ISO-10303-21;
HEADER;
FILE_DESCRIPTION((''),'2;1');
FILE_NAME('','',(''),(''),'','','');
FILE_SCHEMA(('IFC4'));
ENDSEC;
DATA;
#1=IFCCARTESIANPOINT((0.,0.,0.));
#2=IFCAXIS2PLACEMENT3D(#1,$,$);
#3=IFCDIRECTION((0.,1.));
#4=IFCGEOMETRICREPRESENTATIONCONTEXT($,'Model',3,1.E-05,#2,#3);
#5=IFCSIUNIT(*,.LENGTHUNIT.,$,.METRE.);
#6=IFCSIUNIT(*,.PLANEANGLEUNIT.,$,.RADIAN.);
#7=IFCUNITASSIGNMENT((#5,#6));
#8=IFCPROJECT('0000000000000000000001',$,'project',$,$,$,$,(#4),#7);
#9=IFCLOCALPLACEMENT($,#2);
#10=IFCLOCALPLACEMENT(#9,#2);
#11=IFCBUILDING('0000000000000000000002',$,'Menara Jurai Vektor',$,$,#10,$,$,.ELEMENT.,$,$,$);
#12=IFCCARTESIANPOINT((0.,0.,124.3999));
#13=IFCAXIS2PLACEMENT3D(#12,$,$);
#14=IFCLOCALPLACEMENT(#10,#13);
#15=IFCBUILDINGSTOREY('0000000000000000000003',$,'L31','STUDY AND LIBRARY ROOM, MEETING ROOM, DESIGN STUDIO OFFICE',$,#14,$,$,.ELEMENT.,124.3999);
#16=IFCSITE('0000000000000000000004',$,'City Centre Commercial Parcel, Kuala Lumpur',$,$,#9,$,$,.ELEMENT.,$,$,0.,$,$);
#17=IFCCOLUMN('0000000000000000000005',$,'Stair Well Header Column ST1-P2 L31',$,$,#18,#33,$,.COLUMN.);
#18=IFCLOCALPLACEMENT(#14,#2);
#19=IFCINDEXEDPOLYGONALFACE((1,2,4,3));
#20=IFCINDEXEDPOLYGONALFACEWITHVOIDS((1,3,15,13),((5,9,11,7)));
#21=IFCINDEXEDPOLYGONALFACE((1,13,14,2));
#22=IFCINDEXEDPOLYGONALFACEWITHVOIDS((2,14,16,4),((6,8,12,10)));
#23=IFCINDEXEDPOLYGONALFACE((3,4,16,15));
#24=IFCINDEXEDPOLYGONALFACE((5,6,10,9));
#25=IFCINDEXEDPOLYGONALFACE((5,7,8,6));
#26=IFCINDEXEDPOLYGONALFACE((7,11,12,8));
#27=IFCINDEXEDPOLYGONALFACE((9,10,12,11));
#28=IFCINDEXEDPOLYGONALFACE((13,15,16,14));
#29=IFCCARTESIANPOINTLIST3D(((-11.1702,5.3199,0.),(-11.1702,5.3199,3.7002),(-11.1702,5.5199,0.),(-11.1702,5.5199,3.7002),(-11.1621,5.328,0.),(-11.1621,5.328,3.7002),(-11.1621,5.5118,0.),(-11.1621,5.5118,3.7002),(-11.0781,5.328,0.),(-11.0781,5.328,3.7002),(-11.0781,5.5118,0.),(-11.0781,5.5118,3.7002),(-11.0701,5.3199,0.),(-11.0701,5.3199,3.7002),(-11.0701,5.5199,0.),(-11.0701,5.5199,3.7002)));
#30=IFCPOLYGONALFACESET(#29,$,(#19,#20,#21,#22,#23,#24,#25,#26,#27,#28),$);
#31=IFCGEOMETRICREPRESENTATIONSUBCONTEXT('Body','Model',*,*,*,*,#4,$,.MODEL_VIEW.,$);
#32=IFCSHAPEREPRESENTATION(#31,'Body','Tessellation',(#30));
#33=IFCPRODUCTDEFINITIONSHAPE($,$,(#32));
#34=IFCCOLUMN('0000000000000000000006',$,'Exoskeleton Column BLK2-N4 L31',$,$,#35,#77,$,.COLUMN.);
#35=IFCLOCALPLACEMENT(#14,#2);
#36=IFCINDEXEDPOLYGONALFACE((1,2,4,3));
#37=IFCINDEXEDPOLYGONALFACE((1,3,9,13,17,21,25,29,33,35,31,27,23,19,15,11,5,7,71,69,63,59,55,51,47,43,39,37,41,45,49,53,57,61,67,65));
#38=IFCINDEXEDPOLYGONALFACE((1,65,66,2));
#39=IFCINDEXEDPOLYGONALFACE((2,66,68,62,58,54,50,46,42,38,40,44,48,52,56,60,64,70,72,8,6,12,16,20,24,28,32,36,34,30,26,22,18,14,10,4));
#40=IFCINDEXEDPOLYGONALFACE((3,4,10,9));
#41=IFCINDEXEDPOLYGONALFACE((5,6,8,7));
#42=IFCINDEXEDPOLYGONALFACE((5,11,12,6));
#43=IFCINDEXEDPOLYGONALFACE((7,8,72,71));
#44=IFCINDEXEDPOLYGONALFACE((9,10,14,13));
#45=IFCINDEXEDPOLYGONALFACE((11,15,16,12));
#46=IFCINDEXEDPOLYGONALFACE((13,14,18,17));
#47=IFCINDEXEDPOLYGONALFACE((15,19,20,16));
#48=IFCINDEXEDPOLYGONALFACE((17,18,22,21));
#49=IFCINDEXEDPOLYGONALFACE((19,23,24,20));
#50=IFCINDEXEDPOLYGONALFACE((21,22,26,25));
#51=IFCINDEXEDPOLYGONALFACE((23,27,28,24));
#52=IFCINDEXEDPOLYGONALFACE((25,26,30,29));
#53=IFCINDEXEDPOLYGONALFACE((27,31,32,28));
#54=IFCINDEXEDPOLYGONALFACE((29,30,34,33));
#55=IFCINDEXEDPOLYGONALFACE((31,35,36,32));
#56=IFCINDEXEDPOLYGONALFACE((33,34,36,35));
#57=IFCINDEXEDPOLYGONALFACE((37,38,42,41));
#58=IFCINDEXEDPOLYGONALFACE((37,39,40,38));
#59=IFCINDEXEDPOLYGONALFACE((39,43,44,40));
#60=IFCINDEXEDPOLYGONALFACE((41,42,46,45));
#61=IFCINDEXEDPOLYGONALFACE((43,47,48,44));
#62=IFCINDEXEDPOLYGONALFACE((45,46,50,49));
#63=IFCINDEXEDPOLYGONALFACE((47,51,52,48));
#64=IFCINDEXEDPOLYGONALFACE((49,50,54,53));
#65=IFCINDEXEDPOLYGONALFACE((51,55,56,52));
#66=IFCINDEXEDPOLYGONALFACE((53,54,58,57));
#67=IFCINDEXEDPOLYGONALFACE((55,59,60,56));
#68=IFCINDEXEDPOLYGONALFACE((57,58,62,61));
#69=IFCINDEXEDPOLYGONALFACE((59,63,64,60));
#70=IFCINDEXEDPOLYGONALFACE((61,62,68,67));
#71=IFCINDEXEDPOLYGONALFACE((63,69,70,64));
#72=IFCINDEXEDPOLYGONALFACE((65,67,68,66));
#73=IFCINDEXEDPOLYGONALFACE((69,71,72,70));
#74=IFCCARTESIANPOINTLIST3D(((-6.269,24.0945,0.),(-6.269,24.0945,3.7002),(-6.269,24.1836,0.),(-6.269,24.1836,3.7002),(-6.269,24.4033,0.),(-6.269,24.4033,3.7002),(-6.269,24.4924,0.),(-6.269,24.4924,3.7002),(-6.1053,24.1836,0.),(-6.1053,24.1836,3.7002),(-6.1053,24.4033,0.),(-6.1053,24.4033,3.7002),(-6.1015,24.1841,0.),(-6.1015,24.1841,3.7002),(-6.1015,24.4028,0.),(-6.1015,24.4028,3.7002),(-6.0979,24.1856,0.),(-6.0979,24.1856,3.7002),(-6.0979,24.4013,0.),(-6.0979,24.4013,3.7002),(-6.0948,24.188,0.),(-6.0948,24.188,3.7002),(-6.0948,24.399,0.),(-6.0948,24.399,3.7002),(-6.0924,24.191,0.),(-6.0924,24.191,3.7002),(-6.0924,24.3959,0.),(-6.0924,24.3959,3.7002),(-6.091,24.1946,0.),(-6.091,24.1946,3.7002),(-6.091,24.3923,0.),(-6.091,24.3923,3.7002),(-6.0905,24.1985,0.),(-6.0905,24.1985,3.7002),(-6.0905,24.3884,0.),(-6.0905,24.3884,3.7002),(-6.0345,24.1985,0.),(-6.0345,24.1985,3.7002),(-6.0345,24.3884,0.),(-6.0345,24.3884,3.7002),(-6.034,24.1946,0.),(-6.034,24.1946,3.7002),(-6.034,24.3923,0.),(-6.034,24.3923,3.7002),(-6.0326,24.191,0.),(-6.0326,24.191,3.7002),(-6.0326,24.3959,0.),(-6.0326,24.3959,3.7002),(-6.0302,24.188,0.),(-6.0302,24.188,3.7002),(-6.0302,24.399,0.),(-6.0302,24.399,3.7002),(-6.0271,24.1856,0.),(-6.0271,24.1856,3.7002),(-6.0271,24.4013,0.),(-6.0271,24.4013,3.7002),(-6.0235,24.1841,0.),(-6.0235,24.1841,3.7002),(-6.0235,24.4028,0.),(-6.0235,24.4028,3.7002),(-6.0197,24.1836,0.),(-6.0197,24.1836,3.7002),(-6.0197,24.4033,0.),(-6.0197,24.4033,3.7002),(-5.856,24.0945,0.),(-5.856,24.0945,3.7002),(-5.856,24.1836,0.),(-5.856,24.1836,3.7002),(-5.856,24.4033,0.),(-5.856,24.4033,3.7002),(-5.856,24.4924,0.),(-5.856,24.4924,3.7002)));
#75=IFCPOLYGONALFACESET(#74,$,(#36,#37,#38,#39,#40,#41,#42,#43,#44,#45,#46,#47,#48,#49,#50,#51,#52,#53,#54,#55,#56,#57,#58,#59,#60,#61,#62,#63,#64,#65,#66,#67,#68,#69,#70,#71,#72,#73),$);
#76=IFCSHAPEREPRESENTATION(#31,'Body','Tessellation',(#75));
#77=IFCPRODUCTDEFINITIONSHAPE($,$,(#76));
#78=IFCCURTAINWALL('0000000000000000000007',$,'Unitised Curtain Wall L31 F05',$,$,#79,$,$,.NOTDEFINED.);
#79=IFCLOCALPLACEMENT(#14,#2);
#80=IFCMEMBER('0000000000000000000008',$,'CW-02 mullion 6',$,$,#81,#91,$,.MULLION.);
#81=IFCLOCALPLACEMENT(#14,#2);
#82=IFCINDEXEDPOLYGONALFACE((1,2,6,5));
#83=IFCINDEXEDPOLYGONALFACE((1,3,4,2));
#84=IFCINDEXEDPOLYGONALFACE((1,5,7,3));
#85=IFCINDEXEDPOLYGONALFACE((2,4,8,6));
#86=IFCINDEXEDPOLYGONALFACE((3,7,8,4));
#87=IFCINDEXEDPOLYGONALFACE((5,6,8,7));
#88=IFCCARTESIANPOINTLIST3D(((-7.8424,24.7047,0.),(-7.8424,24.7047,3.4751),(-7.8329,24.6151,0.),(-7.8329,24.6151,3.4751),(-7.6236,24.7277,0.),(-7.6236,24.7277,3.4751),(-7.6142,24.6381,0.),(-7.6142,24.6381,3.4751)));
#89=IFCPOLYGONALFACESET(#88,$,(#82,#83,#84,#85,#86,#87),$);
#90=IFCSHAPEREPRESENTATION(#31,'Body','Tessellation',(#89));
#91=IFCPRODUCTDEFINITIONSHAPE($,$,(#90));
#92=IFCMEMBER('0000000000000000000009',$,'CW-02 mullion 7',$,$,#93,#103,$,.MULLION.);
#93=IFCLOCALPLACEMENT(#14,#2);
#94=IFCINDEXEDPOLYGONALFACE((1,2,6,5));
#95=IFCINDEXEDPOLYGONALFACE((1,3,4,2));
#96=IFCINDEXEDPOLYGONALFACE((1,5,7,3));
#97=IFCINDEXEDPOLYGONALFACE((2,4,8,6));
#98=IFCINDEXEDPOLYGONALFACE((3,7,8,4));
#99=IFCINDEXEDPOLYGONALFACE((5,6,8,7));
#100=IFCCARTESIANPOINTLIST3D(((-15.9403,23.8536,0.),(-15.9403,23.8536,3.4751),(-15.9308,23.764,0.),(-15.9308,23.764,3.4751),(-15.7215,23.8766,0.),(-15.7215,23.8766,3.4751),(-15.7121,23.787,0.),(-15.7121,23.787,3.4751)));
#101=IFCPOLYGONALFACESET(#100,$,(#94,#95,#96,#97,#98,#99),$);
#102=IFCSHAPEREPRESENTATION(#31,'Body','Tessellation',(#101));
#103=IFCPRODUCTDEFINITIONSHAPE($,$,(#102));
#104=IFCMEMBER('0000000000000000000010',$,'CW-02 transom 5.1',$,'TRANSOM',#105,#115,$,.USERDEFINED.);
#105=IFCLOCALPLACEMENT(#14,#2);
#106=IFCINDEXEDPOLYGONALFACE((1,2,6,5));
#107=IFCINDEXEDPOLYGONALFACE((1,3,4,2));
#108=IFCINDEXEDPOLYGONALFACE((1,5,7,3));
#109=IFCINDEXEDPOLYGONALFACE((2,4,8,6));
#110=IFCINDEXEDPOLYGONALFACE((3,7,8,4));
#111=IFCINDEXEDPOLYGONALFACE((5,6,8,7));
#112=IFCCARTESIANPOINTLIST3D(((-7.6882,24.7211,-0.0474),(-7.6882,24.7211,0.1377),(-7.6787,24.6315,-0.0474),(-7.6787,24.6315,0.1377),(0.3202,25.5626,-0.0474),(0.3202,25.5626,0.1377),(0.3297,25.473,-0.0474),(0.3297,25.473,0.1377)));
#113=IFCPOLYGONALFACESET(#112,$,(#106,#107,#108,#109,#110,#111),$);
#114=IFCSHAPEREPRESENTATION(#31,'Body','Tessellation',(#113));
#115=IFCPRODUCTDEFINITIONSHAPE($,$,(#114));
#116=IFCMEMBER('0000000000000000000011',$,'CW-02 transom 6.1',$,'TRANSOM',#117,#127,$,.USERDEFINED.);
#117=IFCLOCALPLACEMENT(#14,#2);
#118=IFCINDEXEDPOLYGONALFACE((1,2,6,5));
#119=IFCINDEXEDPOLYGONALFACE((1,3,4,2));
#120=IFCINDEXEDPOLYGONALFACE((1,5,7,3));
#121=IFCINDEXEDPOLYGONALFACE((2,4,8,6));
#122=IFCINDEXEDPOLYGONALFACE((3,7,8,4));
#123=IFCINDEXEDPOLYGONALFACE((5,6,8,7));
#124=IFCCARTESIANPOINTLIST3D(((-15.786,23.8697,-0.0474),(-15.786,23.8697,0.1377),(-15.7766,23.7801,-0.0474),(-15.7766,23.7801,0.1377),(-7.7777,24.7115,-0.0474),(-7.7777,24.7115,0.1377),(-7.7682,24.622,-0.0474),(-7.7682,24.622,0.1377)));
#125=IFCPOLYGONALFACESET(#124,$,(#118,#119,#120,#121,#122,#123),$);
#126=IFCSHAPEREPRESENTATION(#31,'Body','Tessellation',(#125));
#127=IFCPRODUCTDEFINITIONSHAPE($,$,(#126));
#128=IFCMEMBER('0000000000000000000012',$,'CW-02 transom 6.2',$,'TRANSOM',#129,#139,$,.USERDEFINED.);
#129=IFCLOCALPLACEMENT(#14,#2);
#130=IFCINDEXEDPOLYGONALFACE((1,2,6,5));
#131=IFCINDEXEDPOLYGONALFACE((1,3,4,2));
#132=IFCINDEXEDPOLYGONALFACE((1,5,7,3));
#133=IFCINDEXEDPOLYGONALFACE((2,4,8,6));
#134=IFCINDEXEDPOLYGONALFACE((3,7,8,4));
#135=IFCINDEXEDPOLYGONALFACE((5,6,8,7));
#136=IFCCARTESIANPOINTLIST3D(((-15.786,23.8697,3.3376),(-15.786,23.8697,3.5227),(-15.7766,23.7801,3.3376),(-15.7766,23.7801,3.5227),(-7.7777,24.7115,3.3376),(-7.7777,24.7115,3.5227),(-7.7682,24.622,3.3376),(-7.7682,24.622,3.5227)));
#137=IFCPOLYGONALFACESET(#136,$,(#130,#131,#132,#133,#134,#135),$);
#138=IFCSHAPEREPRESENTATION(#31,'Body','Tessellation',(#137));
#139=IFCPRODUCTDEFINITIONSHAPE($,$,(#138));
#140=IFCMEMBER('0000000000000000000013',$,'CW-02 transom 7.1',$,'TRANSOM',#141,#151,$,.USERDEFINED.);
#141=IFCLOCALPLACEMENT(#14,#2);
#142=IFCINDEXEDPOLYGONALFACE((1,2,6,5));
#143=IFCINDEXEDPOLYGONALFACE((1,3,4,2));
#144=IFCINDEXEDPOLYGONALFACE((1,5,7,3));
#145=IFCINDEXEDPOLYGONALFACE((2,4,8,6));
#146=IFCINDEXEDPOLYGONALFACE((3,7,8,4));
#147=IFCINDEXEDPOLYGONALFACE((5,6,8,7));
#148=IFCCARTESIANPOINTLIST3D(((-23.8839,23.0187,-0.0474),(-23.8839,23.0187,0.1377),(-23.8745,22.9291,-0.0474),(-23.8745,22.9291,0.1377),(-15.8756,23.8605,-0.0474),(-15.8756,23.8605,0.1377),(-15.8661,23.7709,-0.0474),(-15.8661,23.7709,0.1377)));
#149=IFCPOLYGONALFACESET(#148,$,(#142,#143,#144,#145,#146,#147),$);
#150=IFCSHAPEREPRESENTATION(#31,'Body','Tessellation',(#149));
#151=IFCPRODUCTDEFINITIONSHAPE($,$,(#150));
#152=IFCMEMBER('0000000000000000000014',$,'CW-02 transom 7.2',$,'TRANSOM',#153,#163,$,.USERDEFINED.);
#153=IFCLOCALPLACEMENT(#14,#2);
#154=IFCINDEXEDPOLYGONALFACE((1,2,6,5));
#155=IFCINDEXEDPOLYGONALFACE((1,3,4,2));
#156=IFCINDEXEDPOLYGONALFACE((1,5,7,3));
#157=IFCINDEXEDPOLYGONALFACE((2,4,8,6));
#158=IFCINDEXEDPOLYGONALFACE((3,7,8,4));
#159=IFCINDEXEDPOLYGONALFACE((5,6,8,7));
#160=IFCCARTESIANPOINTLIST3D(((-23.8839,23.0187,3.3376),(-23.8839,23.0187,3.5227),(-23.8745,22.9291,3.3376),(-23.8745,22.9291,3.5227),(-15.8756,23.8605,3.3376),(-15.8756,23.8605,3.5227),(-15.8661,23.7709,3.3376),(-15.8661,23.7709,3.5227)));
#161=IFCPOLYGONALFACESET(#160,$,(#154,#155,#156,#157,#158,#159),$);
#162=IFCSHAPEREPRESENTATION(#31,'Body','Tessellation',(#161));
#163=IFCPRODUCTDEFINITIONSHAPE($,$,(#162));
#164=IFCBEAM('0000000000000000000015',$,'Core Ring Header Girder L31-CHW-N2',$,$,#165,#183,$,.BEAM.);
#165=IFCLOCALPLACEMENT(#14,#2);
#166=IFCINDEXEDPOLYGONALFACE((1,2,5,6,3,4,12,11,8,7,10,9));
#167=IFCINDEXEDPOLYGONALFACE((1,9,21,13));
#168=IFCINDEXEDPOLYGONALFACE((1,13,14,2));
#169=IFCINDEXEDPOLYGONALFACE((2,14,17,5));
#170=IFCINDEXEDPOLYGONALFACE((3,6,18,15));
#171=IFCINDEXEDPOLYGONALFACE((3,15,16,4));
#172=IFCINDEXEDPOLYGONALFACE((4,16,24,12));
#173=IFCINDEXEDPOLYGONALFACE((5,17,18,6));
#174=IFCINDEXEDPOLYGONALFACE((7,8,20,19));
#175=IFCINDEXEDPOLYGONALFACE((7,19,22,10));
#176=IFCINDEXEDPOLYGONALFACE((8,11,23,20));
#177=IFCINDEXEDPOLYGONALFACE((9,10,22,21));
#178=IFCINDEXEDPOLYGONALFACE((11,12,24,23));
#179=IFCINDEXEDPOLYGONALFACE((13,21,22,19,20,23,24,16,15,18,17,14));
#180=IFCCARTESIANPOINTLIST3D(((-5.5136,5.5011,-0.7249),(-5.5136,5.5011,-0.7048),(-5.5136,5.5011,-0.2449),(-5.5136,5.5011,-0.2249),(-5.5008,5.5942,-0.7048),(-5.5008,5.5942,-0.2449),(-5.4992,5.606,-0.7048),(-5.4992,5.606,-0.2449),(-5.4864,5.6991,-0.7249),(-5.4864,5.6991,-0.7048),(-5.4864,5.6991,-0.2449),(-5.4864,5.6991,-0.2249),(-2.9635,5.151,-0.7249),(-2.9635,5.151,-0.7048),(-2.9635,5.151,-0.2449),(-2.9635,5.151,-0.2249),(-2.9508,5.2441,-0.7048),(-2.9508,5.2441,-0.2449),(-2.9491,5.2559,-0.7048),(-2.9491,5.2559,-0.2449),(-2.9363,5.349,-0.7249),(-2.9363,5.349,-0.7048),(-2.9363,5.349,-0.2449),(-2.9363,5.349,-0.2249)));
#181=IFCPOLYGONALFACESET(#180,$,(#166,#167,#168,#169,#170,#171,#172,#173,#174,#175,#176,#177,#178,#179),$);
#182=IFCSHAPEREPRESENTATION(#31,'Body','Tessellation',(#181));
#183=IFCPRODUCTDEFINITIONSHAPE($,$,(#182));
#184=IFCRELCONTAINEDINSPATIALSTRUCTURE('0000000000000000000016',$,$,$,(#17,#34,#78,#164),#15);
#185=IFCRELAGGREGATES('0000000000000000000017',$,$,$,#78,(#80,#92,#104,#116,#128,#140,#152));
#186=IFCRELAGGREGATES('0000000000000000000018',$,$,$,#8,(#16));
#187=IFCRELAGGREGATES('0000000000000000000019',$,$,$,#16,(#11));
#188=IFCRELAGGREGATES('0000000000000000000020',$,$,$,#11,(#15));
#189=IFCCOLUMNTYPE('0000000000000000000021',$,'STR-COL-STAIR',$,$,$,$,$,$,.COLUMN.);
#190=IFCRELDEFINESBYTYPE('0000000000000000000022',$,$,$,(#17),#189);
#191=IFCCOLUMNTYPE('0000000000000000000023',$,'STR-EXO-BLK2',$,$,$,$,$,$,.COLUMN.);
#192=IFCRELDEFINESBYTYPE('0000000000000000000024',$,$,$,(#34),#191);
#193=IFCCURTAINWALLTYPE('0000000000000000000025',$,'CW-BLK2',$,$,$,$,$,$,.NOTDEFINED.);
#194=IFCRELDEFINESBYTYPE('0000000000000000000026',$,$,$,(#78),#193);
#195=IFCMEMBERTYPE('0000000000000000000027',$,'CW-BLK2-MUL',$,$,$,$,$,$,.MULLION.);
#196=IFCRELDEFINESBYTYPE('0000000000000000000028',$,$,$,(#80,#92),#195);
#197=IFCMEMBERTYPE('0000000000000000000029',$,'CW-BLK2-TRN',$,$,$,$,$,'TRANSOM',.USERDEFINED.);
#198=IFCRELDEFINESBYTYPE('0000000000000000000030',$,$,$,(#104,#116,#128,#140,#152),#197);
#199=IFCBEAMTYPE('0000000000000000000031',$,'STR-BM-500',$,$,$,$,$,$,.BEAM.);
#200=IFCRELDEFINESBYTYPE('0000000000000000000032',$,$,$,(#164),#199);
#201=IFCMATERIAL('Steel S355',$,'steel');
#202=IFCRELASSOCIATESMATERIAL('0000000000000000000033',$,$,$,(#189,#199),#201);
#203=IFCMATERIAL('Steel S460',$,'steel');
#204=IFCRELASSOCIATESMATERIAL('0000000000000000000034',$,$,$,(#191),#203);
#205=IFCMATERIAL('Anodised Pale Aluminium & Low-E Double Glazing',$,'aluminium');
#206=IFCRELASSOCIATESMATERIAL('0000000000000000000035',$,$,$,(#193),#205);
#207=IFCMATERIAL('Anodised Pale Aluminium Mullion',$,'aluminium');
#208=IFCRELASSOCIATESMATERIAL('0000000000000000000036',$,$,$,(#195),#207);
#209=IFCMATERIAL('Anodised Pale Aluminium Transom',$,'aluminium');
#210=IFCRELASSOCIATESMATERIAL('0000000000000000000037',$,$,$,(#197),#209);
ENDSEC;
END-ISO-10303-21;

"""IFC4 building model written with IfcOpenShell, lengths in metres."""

from ifc_helpers import new_model, si_unit, direction, frame, origin, origin_2d, place, context, subcontext, project, spatial, rectangle, hollow_rectangle, i_section, extrude, material, material_profile, profile_set, type_object, element, aggregate, save


model = new_model("IFC4")

# Units and contexts
model_context = context("Model", 3, precision=1e-05, world=origin(), true_north=direction((0.0, 1.0)))
body_context = subcontext(model_context, "Body", "Model", "MODEL_VIEW")
ifc_project = project(units=[si_unit("LENGTHUNIT", "METRE"), si_unit("PLANEANGLEUNIT", "RADIAN")], contexts=[model_context])

# Site, building, storey
site_placement = place(None, origin())
site = spatial("IfcSite", under=ifc_project, at=site_placement, Name="City Centre Commercial Parcel, Kuala Lumpur", CompositionType="ELEMENT", RefElevation=0.0)
building_placement = place(site_placement, origin())
building = spatial("IfcBuilding", under=site, at=building_placement, Name="Menara Jurai Vektor", CompositionType="ELEMENT")
storey_placement = place(building_placement, frame((0.0, 0.0, 124.3999)))
storey = spatial("IfcBuildingStorey", under=building, at=storey_placement, Name="L31", Description="STUDY AND LIBRARY ROOM, MEETING ROOM, DESIGN STUDIO OFFICE", CompositionType="ELEMENT", Elevation=124.3999)

# Columns
ifc_material_1 = material(Name="Steel S355", Category="steel")
ifc_material_profile_1 = material_profile(ifc_material_1, hollow_rectangle(XDim=0.1001, YDim=0.2, WallThickness=0.0081, at=origin_2d()), Name="RHS 200x100x8")
ifc_profile_set_1 = profile_set([ifc_material_profile_1], Name="Steel S355")
column_type_1 = type_object("IfcColumnType", Name="STR-COL-STAIR", PredefinedType="COLUMN", material=ifc_profile_set_1)
column_1_placement = place(storey_placement, frame((-11.1201, 5.4199, 0.0), z_axis=(0.0, 0.0, 1.0), x_axis=(1.0, 0.0, 0.0)))
element("IfcColumn", 1, at=column_1_placement, inside=storey, type_object=column_type_1, Name="Stair Well Header Column ST1-P2 L31", PredefinedType="COLUMN", context=body_context, shape_type="SweptSolid", body=[
    extrude(hollow_rectangle(XDim=0.1001, YDim=0.2, WallThickness=0.0081, at=origin_2d()), origin(), (0.0, 0.0, 1.0), 3.7002),
])
ifc_material_2 = material(Name="Steel S460", Category="steel")
ifc_material_profile_2 = material_profile(ifc_material_2, i_section(OverallWidth=0.4131, OverallDepth=0.3979, WebThickness=0.0559, FlangeThickness=0.0891, FilletRadius=0.0149, at=origin_2d()), Name="HD 400x744")
ifc_profile_set_2 = profile_set([ifc_material_profile_2], Name="Steel S460")
column_type_2 = type_object("IfcColumnType", Name="STR-EXO-BLK2", PredefinedType="COLUMN", material=ifc_profile_set_2)
column_2_placement = place(storey_placement, frame((-6.0625, 24.2935, 0.0), z_axis=(0.0, 0.0, 1.0), x_axis=(1.0, 0.0, 0.0)))
element("IfcColumn", 2, at=column_2_placement, inside=storey, type_object=column_type_2, Name="Exoskeleton Column BLK2-N4 L31", PredefinedType="COLUMN", context=body_context, shape_type="SweptSolid", body=[
    extrude(i_section(OverallWidth=0.4131, OverallDepth=0.3979, WebThickness=0.0559, FlangeThickness=0.0891, FilletRadius=0.0149, at=origin_2d()), origin(), (0.0, 0.0, 1.0), 3.7002),
])

# Curtain wall, members
ifc_material_3 = material(Name="Anodised Pale Aluminium & Low-E Double Glazing", Category="aluminium")
curtain_wall_type = type_object("IfcCurtainWallType", Name="CW-BLK2", PredefinedType="NOTDEFINED", material=ifc_material_3)
curtain_wall_placement = place(storey_placement, origin())
curtain_wall = element("IfcCurtainWall", 3, at=curtain_wall_placement, inside=storey, type_object=curtain_wall_type, Name="Unitised Curtain Wall L31 F05", PredefinedType="NOTDEFINED")
ifc_material_4 = material(Name="Anodised Pale Aluminium Mullion", Category="aluminium")
ifc_material_profile_3 = material_profile(ifc_material_4, rectangle(XDim=0.0901, YDim=0.22, at=origin_2d()), Name="ALU MUL 90x220")
ifc_profile_set_3 = profile_set([ifc_material_profile_3], Name="Anodised Pale Aluminium Mullion")
member_type_1 = type_object("IfcMemberType", Name="CW-BLK2-MUL", PredefinedType="MULLION", material=ifc_profile_set_3)
member_1_placement = place(storey_placement, frame((-7.7283, 24.6714, 0.0), z_axis=(0.0, 0.0, 1.0), x_axis=(0.104529, -0.994522, 0.0)))
member_1 = element("IfcMember", 4, at=member_1_placement, type_object=member_type_1, Name="CW-02 mullion 6", PredefinedType="MULLION", context=body_context, shape_type="SweptSolid", body=[
    extrude(rectangle(XDim=0.0901, YDim=0.22, at=origin_2d()), origin(), (0.0, 0.0, 1.0), 3.4751),
])
member_2_placement = place(storey_placement, frame((-15.8262, 23.8203, 0.0), z_axis=(0.0, 0.0, 1.0), x_axis=(0.104529, -0.994522, 0.0)))
member_2 = element("IfcMember", 5, at=member_2_placement, type_object=member_type_1, Name="CW-02 mullion 7", PredefinedType="MULLION", context=body_context, shape_type="SweptSolid", body=[
    extrude(rectangle(XDim=0.0901, YDim=0.22, at=origin_2d()), origin(), (0.0, 0.0, 1.0), 3.4751),
])
ifc_material_5 = material(Name="Anodised Pale Aluminium Transom", Category="aluminium")
ifc_material_profile_4 = material_profile(ifc_material_5, rectangle(XDim=0.0901, YDim=0.1851, at=origin_2d()), Name="ALU TRN 90x185")
ifc_profile_set_4 = profile_set([ifc_material_profile_4], Name="Anodised Pale Aluminium Transom")
member_type_2 = type_object("IfcMemberType", Name="CW-BLK2-TRN", ElementType="TRANSOM", PredefinedType="USERDEFINED", material=ifc_profile_set_4)
member_3_placement = place(storey_placement, frame((0.325, 25.5178, 0.0452), z_axis=(-0.994524, -0.10451, 0.0), x_axis=(0.10451, -0.994524, 0.0)))
member_3 = element("IfcMember", 6, at=member_3_placement, type_object=member_type_2, Name="CW-02 transom 5.1", ObjectType="TRANSOM", PredefinedType="USERDEFINED", context=body_context, shape_type="SweptSolid", body=[
    extrude(rectangle(XDim=0.0901, YDim=0.1851, at=origin_2d()), origin(), (0.0, 0.0, 1.0), 8.0525),
])
member_4_placement = place(storey_placement, frame((-7.7729, 24.6667, 0.0452), z_axis=(-0.994521, -0.10454, 0.0), x_axis=(0.10454, -0.994521, 0.0)))
member_4 = element("IfcMember", 7, at=member_4_placement, type_object=member_type_2, Name="CW-02 transom 6.1", ObjectType="TRANSOM", PredefinedType="USERDEFINED", context=body_context, shape_type="SweptSolid", body=[
    extrude(rectangle(XDim=0.0901, YDim=0.1851, at=origin_2d()), origin(), (0.0, 0.0, 1.0), 8.0525),
])
member_5_placement = place(storey_placement, frame((-7.7729, 24.6667, 3.4302), z_axis=(-0.994521, -0.10454, 0.0), x_axis=(0.10454, -0.994521, 0.0)))
member_5 = element("IfcMember", 8, at=member_5_placement, type_object=member_type_2, Name="CW-02 transom 6.2", ObjectType="TRANSOM", PredefinedType="USERDEFINED", context=body_context, shape_type="SweptSolid", body=[
    extrude(rectangle(XDim=0.0901, YDim=0.1851, at=origin_2d()), origin(), (0.0, 0.0, 1.0), 8.0525),
])
member_6_placement = place(storey_placement, frame((-15.8708, 23.8157, 0.0452), z_axis=(-0.994521, -0.10454, 0.0), x_axis=(0.10454, -0.994521, 0.0)))
member_6 = element("IfcMember", 9, at=member_6_placement, type_object=member_type_2, Name="CW-02 transom 7.1", ObjectType="TRANSOM", PredefinedType="USERDEFINED", context=body_context, shape_type="SweptSolid", body=[
    extrude(rectangle(XDim=0.0901, YDim=0.1851, at=origin_2d()), origin(), (0.0, 0.0, 1.0), 8.0525),
])
member_7_placement = place(storey_placement, frame((-15.8708, 23.8157, 3.4302), z_axis=(-0.994521, -0.10454, 0.0), x_axis=(0.10454, -0.994521, 0.0)))
member_7 = element("IfcMember", 10, at=member_7_placement, type_object=member_type_2, Name="CW-02 transom 7.2", ObjectType="TRANSOM", PredefinedType="USERDEFINED", context=body_context, shape_type="SweptSolid", body=[
    extrude(rectangle(XDim=0.0901, YDim=0.1851, at=origin_2d()), origin(), (0.0, 0.0, 1.0), 8.0525),
])

# Beam
ifc_material_profile_5 = material_profile(ifc_material_1, i_section(OverallWidth=0.2, OverallDepth=0.5, WebThickness=0.012, FlangeThickness=0.02, at=origin_2d()), Name="PG 500x200x96")
ifc_profile_set_5 = profile_set([ifc_material_profile_5], Name="Steel S355")
beam_type_1 = type_object("IfcBeamType", Name="STR-BM-500", PredefinedType="BEAM", material=ifc_profile_set_5)
beam_1_placement = place(storey_placement, frame((-5.5, 5.6001, -0.4749), z_axis=(0.990707, -0.136015, 0.0), x_axis=(0.136015, 0.990707, 0.0)))
element("IfcBeam", 11, at=beam_1_placement, inside=storey, type_object=beam_type_1, Name="Core Ring Header Girder L31-CHW-N2", PredefinedType="BEAM", context=body_context, shape_type="SweptSolid", body=[
    extrude(i_section(OverallWidth=0.2, OverallDepth=0.5, WebThickness=0.012, FlangeThickness=0.02, at=origin_2d()), origin(), (0.0, 0.0, 1.0), 2.574),
])

aggregate(curtain_wall, [member_1, member_2, member_3, member_4, member_5, member_6, member_7])

save(model, "model.ifc")
